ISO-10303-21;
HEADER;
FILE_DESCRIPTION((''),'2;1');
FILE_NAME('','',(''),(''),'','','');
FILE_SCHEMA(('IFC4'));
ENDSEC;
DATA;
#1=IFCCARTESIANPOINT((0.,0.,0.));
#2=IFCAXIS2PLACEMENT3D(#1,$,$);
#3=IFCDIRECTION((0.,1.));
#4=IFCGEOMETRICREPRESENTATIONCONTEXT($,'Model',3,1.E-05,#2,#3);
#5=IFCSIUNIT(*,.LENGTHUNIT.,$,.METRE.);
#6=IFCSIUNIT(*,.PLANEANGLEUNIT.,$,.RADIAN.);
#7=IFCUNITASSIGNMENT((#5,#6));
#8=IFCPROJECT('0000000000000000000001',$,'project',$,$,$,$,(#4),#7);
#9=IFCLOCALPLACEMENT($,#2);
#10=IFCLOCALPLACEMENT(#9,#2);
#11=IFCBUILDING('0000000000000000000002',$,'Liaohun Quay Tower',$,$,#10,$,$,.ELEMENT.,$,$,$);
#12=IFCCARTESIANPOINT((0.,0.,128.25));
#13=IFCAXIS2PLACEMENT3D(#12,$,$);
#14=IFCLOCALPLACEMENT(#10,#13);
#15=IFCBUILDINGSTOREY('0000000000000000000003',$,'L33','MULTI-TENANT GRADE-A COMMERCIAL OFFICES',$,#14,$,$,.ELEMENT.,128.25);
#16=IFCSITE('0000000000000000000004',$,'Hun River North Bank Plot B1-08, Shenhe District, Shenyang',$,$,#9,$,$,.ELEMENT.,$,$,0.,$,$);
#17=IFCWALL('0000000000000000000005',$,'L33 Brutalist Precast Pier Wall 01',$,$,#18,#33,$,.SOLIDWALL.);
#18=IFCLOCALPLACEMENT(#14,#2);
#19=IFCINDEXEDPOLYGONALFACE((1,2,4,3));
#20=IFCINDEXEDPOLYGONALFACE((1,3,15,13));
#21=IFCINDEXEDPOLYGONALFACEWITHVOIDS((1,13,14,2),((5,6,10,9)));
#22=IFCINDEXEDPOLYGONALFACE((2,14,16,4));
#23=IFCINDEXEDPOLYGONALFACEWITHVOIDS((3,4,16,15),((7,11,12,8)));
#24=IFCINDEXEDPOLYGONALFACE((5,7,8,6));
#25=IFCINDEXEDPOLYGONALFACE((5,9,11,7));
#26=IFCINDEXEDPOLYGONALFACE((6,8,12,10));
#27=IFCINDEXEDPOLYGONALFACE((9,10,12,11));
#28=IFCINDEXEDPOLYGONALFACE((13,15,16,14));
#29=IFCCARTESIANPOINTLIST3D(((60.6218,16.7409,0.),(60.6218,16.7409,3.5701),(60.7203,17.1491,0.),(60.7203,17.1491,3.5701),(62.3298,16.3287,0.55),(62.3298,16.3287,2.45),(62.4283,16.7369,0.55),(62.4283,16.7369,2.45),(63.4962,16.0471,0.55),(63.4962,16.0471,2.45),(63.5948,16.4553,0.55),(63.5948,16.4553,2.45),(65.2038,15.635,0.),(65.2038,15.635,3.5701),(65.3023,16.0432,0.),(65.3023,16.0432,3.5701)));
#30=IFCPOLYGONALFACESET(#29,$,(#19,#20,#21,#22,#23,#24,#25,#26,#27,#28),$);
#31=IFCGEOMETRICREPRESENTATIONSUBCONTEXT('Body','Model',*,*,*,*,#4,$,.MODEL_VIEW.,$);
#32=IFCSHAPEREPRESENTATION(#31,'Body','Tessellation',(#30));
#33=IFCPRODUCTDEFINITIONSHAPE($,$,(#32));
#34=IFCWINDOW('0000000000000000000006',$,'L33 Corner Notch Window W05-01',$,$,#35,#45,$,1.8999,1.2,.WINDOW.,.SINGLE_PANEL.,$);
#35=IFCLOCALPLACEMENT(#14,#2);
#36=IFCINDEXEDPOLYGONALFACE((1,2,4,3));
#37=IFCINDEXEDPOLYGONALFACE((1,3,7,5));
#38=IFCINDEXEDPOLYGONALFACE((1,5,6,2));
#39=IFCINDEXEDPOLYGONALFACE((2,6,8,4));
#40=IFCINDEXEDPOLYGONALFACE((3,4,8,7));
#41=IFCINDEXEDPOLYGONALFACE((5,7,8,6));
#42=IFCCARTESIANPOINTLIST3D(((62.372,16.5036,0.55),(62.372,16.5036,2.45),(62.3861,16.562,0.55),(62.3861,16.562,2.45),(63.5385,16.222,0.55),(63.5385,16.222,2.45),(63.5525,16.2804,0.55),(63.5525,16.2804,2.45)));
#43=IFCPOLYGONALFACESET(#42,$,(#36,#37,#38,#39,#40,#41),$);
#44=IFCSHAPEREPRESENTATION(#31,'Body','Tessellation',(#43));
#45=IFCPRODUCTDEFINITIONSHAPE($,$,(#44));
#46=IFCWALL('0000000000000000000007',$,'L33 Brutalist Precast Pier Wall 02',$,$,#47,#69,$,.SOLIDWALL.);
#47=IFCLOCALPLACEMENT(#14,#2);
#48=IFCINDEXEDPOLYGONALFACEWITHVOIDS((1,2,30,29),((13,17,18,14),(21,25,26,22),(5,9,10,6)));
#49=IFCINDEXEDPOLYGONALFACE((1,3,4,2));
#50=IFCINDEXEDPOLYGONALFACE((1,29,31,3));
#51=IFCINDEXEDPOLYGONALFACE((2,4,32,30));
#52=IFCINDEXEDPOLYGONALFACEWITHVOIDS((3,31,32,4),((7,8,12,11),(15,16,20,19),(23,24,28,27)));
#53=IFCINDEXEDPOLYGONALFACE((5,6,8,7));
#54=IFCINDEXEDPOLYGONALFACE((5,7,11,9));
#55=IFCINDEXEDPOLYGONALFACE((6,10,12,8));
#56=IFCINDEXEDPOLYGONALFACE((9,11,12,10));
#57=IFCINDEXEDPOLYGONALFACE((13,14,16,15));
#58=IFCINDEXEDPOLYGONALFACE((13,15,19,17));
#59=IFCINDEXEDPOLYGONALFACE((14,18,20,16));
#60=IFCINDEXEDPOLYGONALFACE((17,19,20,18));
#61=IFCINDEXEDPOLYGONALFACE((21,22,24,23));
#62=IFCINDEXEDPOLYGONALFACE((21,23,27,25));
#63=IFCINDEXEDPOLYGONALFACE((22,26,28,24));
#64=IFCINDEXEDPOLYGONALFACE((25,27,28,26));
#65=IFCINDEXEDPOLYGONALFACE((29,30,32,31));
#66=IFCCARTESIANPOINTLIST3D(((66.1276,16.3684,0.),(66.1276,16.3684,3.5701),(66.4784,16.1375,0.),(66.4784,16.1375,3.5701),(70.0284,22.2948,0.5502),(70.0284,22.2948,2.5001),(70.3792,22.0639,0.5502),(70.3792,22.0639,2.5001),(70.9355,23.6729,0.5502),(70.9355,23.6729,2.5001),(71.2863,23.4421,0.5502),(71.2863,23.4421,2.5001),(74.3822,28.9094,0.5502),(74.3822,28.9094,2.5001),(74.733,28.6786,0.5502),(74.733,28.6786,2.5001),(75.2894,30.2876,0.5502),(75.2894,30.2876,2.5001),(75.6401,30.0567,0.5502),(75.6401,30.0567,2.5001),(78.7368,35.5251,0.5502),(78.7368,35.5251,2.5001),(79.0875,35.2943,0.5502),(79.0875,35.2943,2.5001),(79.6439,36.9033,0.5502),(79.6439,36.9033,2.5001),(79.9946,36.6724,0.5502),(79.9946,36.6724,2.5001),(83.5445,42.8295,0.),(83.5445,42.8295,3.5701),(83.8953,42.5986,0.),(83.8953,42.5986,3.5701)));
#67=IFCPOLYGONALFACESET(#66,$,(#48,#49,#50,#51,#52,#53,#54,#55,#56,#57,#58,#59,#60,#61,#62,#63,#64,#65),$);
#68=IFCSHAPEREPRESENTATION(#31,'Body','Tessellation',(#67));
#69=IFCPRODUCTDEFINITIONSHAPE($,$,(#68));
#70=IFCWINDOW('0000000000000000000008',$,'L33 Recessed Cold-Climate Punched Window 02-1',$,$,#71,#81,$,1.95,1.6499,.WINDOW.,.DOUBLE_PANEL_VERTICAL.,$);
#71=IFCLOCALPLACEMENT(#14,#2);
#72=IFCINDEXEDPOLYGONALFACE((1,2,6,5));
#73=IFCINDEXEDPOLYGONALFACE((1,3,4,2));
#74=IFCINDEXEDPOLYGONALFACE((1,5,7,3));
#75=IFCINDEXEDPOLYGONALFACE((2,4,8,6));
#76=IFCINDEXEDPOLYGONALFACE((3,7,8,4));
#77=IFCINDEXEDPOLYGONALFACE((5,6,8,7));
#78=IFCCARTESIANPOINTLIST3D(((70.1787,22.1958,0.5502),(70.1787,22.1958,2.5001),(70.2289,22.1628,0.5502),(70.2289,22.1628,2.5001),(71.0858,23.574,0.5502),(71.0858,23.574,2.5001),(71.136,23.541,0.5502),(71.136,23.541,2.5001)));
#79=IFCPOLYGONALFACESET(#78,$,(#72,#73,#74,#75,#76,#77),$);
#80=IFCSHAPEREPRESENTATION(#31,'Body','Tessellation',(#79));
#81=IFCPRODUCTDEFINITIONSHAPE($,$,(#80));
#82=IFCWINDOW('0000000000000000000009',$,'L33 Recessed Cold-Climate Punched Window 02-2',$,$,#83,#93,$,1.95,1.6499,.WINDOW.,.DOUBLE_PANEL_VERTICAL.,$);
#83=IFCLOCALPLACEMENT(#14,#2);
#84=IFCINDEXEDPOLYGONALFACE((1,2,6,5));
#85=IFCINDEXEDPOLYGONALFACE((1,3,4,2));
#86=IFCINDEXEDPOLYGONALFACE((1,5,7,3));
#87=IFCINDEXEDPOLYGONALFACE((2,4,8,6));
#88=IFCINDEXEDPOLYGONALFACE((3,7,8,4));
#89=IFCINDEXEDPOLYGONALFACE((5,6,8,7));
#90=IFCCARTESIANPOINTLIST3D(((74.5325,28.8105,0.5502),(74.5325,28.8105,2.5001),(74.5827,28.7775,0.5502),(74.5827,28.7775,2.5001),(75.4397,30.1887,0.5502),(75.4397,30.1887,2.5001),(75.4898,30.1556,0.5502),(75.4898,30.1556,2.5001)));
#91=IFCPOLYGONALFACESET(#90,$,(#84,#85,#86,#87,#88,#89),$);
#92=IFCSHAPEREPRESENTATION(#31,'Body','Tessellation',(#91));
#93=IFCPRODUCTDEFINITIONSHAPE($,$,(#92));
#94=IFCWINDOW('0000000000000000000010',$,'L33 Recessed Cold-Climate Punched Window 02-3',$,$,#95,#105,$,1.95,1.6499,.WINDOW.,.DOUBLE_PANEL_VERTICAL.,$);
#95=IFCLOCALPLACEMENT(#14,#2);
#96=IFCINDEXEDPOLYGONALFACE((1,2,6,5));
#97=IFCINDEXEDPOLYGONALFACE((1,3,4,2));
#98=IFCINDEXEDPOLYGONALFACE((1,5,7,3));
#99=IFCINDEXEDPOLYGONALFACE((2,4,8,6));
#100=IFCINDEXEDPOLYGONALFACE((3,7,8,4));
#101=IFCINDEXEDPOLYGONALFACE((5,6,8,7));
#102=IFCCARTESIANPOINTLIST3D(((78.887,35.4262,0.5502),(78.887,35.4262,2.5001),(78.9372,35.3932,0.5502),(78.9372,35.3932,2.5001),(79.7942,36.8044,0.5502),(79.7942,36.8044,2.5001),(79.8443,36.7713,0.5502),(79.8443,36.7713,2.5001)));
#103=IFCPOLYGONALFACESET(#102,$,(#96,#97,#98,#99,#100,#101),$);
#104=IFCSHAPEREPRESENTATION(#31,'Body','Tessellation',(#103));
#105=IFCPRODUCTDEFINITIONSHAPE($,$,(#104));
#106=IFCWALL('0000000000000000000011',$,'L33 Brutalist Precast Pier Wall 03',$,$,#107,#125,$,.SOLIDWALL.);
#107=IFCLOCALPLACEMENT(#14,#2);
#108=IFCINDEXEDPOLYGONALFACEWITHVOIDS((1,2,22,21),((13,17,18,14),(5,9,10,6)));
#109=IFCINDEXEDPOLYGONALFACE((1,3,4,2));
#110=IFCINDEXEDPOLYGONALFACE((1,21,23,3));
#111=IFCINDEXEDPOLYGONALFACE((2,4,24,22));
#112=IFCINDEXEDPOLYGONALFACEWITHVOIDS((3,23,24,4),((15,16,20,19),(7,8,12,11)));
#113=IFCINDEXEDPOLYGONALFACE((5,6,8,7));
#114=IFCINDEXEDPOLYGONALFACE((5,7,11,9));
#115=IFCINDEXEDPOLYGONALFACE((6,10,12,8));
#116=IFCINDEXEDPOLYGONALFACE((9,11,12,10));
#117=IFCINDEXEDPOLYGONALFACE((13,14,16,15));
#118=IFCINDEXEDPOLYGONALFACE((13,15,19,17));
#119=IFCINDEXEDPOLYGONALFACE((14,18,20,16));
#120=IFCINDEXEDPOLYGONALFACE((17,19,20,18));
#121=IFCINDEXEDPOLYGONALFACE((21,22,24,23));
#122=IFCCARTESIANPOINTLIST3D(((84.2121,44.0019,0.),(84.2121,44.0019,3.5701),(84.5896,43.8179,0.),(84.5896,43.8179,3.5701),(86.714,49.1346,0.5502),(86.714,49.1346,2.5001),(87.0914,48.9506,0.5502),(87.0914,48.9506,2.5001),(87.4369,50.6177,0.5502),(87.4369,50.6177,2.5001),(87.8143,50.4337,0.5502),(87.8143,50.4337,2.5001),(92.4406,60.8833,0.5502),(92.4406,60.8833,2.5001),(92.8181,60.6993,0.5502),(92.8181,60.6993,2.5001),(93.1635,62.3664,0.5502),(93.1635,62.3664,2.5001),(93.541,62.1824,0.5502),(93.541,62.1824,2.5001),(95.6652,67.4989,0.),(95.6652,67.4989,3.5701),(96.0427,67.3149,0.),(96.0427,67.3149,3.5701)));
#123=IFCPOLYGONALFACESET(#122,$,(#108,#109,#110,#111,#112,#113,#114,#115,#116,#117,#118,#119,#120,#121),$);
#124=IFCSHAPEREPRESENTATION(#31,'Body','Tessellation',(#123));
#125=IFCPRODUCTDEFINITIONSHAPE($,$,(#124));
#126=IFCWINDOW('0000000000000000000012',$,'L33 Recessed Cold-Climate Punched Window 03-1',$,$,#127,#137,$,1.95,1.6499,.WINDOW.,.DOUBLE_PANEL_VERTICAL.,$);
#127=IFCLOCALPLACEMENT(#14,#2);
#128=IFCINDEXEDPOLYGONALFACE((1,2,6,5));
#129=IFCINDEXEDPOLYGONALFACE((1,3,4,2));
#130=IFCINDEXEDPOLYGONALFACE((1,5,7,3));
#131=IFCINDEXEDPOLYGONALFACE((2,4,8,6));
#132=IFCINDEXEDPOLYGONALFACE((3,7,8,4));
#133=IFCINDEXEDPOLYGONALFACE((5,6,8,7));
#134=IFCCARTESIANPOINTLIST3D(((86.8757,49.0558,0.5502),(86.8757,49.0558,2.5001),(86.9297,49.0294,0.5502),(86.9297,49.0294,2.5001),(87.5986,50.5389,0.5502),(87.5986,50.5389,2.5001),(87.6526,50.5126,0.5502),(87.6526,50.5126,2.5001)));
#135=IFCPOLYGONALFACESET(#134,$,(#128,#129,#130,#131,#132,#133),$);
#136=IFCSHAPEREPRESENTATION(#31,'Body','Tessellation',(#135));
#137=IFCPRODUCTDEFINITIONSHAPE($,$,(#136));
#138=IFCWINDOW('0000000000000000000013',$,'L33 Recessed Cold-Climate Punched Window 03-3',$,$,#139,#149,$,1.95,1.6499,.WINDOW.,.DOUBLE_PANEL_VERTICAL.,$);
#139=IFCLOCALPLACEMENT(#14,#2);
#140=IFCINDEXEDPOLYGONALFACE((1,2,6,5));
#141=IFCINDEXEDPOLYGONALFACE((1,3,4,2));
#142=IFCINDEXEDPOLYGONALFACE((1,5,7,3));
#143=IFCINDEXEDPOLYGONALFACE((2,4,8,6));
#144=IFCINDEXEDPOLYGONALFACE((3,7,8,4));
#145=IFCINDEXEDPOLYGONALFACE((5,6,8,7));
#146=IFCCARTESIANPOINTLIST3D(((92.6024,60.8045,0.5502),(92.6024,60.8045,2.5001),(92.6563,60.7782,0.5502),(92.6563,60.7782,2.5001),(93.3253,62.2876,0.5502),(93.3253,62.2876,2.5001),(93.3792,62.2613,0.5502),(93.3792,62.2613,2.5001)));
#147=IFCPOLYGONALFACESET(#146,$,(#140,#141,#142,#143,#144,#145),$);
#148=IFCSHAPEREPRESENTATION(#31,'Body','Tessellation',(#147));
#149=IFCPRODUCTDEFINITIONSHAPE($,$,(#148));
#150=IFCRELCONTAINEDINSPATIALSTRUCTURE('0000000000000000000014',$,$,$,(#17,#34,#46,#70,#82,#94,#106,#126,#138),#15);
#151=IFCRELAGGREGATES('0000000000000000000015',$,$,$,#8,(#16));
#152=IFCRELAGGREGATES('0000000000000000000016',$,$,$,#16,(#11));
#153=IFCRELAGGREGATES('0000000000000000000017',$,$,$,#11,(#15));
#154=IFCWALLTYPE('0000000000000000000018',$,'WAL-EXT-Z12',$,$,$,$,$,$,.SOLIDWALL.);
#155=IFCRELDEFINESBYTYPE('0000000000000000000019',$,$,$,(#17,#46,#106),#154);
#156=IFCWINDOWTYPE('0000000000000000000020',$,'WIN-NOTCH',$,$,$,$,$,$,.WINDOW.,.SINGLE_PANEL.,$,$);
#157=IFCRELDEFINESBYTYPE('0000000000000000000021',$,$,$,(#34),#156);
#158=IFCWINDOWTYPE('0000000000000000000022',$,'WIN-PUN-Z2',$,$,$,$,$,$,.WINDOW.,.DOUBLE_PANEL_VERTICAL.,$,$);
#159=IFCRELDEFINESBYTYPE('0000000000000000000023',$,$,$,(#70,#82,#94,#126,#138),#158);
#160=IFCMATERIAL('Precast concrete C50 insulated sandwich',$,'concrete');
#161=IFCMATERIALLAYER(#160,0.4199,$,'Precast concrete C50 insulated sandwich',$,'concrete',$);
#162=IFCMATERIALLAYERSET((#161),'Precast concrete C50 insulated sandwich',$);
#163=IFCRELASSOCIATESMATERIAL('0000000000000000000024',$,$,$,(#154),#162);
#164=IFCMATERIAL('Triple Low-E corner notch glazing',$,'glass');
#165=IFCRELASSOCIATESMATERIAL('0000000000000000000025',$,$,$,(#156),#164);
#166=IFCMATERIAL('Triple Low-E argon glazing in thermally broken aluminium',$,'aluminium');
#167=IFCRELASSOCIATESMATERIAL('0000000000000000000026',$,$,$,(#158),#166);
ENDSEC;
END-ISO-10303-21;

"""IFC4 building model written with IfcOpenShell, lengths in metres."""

from ifc_helpers import new_model, si_unit, direction, frame, frame_2d, origin, place, context, subcontext, project, spatial, rectangle, extrude, source, transform, mapped, material, layer, layer_set, type_object, element, fill, save


model = new_model("IFC4")

# Units and contexts
model_context = context("Model", 3, precision=1e-05, world=origin(), true_north=direction((0.0, 1.0)))
body_context = subcontext(model_context, "Body", "Model", "MODEL_VIEW")
ifc_project = project(units=[si_unit("LENGTHUNIT", "METRE"), si_unit("PLANEANGLEUNIT", "RADIAN")], contexts=[model_context])

# Site, building, storey
site_placement = place(None, origin())
site = spatial("IfcSite", under=ifc_project, at=site_placement, Name="Hun River North Bank Plot B1-08, Shenhe District, Shenyang", CompositionType="ELEMENT", RefElevation=0.0)
building_placement = place(site_placement, origin())
building = spatial("IfcBuilding", under=site, at=building_placement, Name="Liaohun Quay Tower", CompositionType="ELEMENT")
storey_placement = place(building_placement, frame((0.0, 0.0, 128.25)))
storey = spatial("IfcBuildingStorey", under=building, at=storey_placement, Name="L33", Description="MULTI-TENANT GRADE-A COMMERCIAL OFFICES", CompositionType="ELEMENT", Elevation=128.25)

# Wall, opening, window
ifc_material_1 = material(Name="Precast concrete C50 insulated sandwich", Category="concrete")
ifc_layer_1 = layer(ifc_material_1, 0.4199, Name="Precast concrete C50 insulated sandwich", Category="concrete")
ifc_layer_set_1 = layer_set([ifc_layer_1], Name="Precast concrete C50 insulated sandwich")
wall_type_1 = type_object("IfcWallType", Name="WAL-EXT-Z12", PredefinedType="SOLIDWALL", material=ifc_layer_set_1)
wall_1_placement = place(storey_placement, frame((60.6709, 16.9451, 0.0), z_axis=(0.0, 0.0, 1.0), x_axis=(0.972085, -0.23463, 0.0)))
wall_1 = element("IfcWall", 1, at=wall_1_placement, inside=storey, type_object=wall_type_1, Name="L33 Brutalist Precast Pier Wall 01", PredefinedType="SOLIDWALL", context=body_context, shape_type="SweptSolid", body=[
    extrude(rectangle(XDim=4.7136, YDim=0.4199, at=frame_2d((2.3569, 0.0))), origin(), (0.0, 0.0, 1.0), 3.5701),
])
shared_shape_1 = source(origin(), body_context, "Body", "SweptSolid", [
    extrude(rectangle(XDim=1.2, YDim=1.8999, at=frame_2d((0.6001, 0.95))), frame((0.0, 0.22, 0.0), z_axis=(0.0, -1.0, 0.0), x_axis=(1.0, 0.0, 0.0)), (0.0, 0.0, 1.0), 0.4399),
])
opening_1_placement = place(wall_1_placement, frame((1.7571, 0.0, 0.55)))
opening_1 = element("IfcOpeningElement", 2, at=opening_1_placement, cuts=wall_1, PredefinedType="OPENING", context=body_context, shape_type="MappedRepresentation", body=[
    mapped(shared_shape_1, transform((0.0, 0.0, 0.0), x_axis=(1.0, 0.0, 0.0), y_axis=(0.0, 1.0, 0.0), z_axis=(0.0, 0.0, 1.0), scale=1.0)),
])
ifc_material_2 = material(Name="Triple Low-E corner notch glazing", Category="glass")
window_type_1 = type_object("IfcWindowType", Name="WIN-NOTCH", PartitioningType="SINGLE_PANEL", PredefinedType="WINDOW", material=ifc_material_2)
shared_shape_2 = source(origin(), body_context, "Body", "SweptSolid", [
    extrude(rectangle(XDim=1.2, YDim=1.8999, at=frame_2d((0.6001, 0.95))), frame((0.0, 0.03, 0.0), z_axis=(0.0, -1.0, 0.0), x_axis=(1.0, 0.0, 0.0)), (0.0, 0.0, 1.0), 0.0601),
])
window_1_placement = place(opening_1_placement, origin())
window_1 = element("IfcWindow", 3, at=window_1_placement, inside=storey, type_object=window_type_1, Name="L33 Corner Notch Window W05-01", OverallHeight=1.8999, OverallWidth=1.2, PartitioningType="SINGLE_PANEL", PredefinedType="WINDOW", context=body_context, shape_type="MappedRepresentation", body=[
    mapped(shared_shape_2, transform((0.0, 0.0, 0.0), x_axis=(1.0, 0.0, 0.0), y_axis=(0.0, 1.0, 0.0), z_axis=(0.0, 0.0, 1.0), scale=1.0)),
])
fill(opening_1, window_1)

# Walls, openings, windows
wall_2_placement = place(storey_placement, frame((66.303, 16.2529, 0.0), z_axis=(0.0, 0.0, 1.0), x_axis=(0.5498, 0.835296, 0.0)))
wall_2 = element("IfcWall", 4, at=wall_2_placement, inside=storey, type_object=wall_type_1, Name="L33 Brutalist Precast Pier Wall 02", PredefinedType="SOLIDWALL", context=body_context, shape_type="SweptSolid", body=[
    extrude(rectangle(XDim=31.6787, YDim=0.4199, at=frame_2d((15.8394, 0.0))), origin(), (0.0, 0.0, 1.0), 3.5701),
])
shared_shape_3 = source(origin(), body_context, "Body", "SweptSolid", [
    extrude(rectangle(XDim=1.6499, YDim=1.95, at=frame_2d((0.825, 0.9751))), frame((0.0, 0.22, 0.0), z_axis=(0.0, -1.0, 0.0), x_axis=(1.0, 0.0, 0.0)), (0.0, 0.0, 1.0), 0.4399),
])
opening_2_placement = place(wall_2_placement, frame((7.095, 0.0, 0.55)))
opening_2 = element("IfcOpeningElement", 5, at=opening_2_placement, cuts=wall_2, PredefinedType="OPENING", context=body_context, shape_type="MappedRepresentation", body=[
    mapped(shared_shape_3, transform((0.0, 0.0, 0.0), x_axis=(1.0, 0.0, 0.0), y_axis=(0.0, 1.0, 0.0), z_axis=(0.0, 0.0, 1.0), scale=1.0)),
])
opening_3_placement = place(wall_2_placement, frame((15.0139, 0.0, 0.55)))
opening_3 = element("IfcOpeningElement", 6, at=opening_3_placement, cuts=wall_2, PredefinedType="OPENING", context=body_context, shape_type="MappedRepresentation", body=[
    mapped(shared_shape_3, transform((0.0, 0.0, 0.0), x_axis=(1.0, 0.0, 0.0), y_axis=(0.0, 1.0, 0.0), z_axis=(0.0, 0.0, 1.0), scale=1.0)),
])
opening_4_placement = place(wall_2_placement, frame((22.9341, 0.0, 0.55)))
opening_4 = element("IfcOpeningElement", 7, at=opening_4_placement, cuts=wall_2, PredefinedType="OPENING", context=body_context, shape_type="MappedRepresentation", body=[
    mapped(shared_shape_3, transform((0.0, 0.0, 0.0), x_axis=(1.0, 0.0, 0.0), y_axis=(0.0, 1.0, 0.0), z_axis=(0.0, 0.0, 1.0), scale=1.0)),
])
ifc_material_3 = material(Name="Triple Low-E argon glazing in thermally broken aluminium", Category="aluminium")
window_type_2 = type_object("IfcWindowType", Name="WIN-PUN-Z2", PartitioningType="DOUBLE_PANEL_VERTICAL", PredefinedType="WINDOW", material=ifc_material_3)
shared_shape_4 = source(origin(), body_context, "Body", "SweptSolid", [
    extrude(rectangle(XDim=1.6499, YDim=1.95, at=frame_2d((0.825, 0.9751))), frame((0.0, 0.03, 0.0), z_axis=(0.0, -1.0, 0.0), x_axis=(1.0, 0.0, 0.0)), (0.0, 0.0, 1.0), 0.0601),
])
window_2_placement = place(opening_2_placement, origin())
window_2 = element("IfcWindow", 8, at=window_2_placement, inside=storey, type_object=window_type_2, Name="L33 Recessed Cold-Climate Punched Window 02-1", OverallHeight=1.95, OverallWidth=1.6499, PartitioningType="DOUBLE_PANEL_VERTICAL", PredefinedType="WINDOW", context=body_context, shape_type="MappedRepresentation", body=[
    mapped(shared_shape_4, transform((0.0, 0.0, 0.0), x_axis=(1.0, 0.0, 0.0), y_axis=(0.0, 1.0, 0.0), z_axis=(0.0, 0.0, 1.0), scale=1.0)),
])
fill(opening_2, window_2)
window_3_placement = place(opening_3_placement, origin())
window_3 = element("IfcWindow", 9, at=window_3_placement, inside=storey, type_object=window_type_2, Name="L33 Recessed Cold-Climate Punched Window 02-2", OverallHeight=1.95, OverallWidth=1.6499, PartitioningType="DOUBLE_PANEL_VERTICAL", PredefinedType="WINDOW", context=body_context, shape_type="MappedRepresentation", body=[
    mapped(shared_shape_4, transform((0.0, 0.0, 0.0), x_axis=(1.0, 0.0, 0.0), y_axis=(0.0, 1.0, 0.0), z_axis=(0.0, 0.0, 1.0), scale=1.0)),
])
fill(opening_3, window_3)
window_4_placement = place(opening_4_placement, origin())
window_4 = element("IfcWindow", 10, at=window_4_placement, inside=storey, type_object=window_type_2, Name="L33 Recessed Cold-Climate Punched Window 02-3", OverallHeight=1.95, OverallWidth=1.6499, PartitioningType="DOUBLE_PANEL_VERTICAL", PredefinedType="WINDOW", context=body_context, shape_type="MappedRepresentation", body=[
    mapped(shared_shape_4, transform((0.0, 0.0, 0.0), x_axis=(1.0, 0.0, 0.0), y_axis=(0.0, 1.0, 0.0), z_axis=(0.0, 0.0, 1.0), scale=1.0)),
])
fill(opening_4, window_4)
wall_3_placement = place(storey_placement, frame((84.4009, 43.9099, 0.0), z_axis=(0.0, 0.0, 1.0), x_axis=(0.43815, 0.898902, 0.0)))
wall_3 = element("IfcWall", 11, at=wall_3_placement, inside=storey, type_object=wall_type_1, Name="L33 Brutalist Precast Pier Wall 03", PredefinedType="SOLIDWALL", context=body_context, shape_type="SweptSolid", body=[
    extrude(rectangle(XDim=26.1396, YDim=0.4199, at=frame_2d((13.0698, 0.0))), origin(), (0.0, 0.0, 1.0), 3.5701),
])
opening_5_placement = place(wall_3_placement, frame((5.71, 0.0, 0.55)))
opening_5 = element("IfcOpeningElement", 12, at=opening_5_placement, cuts=wall_3, PredefinedType="OPENING", context=body_context, shape_type="MappedRepresentation", body=[
    mapped(shared_shape_3, transform((0.0, 0.0, 0.0), x_axis=(1.0, 0.0, 0.0), y_axis=(0.0, 1.0, 0.0), z_axis=(0.0, 0.0, 1.0), scale=1.0)),
])
opening_6_placement = place(wall_3_placement, frame((18.78, 0.0, 0.55)))
opening_6 = element("IfcOpeningElement", 13, at=opening_6_placement, cuts=wall_3, PredefinedType="OPENING", context=body_context, shape_type="MappedRepresentation", body=[
    mapped(shared_shape_3, transform((0.0, 0.0, 0.0), x_axis=(1.0, 0.0, 0.0), y_axis=(0.0, 1.0, 0.0), z_axis=(0.0, 0.0, 1.0), scale=1.0)),
])
window_5_placement = place(opening_5_placement, origin())
window_5 = element("IfcWindow", 14, at=window_5_placement, inside=storey, type_object=window_type_2, Name="L33 Recessed Cold-Climate Punched Window 03-1", OverallHeight=1.95, OverallWidth=1.6499, PartitioningType="DOUBLE_PANEL_VERTICAL", PredefinedType="WINDOW", context=body_context, shape_type="MappedRepresentation", body=[
    mapped(shared_shape_4, transform((0.0, 0.0, 0.0), x_axis=(1.0, 0.0, 0.0), y_axis=(0.0, 1.0, 0.0), z_axis=(0.0, 0.0, 1.0), scale=1.0)),
])
fill(opening_5, window_5)
window_6_placement = place(opening_6_placement, origin())
window_6 = element("IfcWindow", 15, at=window_6_placement, inside=storey, type_object=window_type_2, Name="L33 Recessed Cold-Climate Punched Window 03-3", OverallHeight=1.95, OverallWidth=1.6499, PartitioningType="DOUBLE_PANEL_VERTICAL", PredefinedType="WINDOW", context=body_context, shape_type="MappedRepresentation", body=[
    mapped(shared_shape_4, transform((0.0, 0.0, 0.0), x_axis=(1.0, 0.0, 0.0), y_axis=(0.0, 1.0, 0.0), z_axis=(0.0, 0.0, 1.0), scale=1.0)),
])
fill(opening_6, window_6)

save(model, "model.ifc")
